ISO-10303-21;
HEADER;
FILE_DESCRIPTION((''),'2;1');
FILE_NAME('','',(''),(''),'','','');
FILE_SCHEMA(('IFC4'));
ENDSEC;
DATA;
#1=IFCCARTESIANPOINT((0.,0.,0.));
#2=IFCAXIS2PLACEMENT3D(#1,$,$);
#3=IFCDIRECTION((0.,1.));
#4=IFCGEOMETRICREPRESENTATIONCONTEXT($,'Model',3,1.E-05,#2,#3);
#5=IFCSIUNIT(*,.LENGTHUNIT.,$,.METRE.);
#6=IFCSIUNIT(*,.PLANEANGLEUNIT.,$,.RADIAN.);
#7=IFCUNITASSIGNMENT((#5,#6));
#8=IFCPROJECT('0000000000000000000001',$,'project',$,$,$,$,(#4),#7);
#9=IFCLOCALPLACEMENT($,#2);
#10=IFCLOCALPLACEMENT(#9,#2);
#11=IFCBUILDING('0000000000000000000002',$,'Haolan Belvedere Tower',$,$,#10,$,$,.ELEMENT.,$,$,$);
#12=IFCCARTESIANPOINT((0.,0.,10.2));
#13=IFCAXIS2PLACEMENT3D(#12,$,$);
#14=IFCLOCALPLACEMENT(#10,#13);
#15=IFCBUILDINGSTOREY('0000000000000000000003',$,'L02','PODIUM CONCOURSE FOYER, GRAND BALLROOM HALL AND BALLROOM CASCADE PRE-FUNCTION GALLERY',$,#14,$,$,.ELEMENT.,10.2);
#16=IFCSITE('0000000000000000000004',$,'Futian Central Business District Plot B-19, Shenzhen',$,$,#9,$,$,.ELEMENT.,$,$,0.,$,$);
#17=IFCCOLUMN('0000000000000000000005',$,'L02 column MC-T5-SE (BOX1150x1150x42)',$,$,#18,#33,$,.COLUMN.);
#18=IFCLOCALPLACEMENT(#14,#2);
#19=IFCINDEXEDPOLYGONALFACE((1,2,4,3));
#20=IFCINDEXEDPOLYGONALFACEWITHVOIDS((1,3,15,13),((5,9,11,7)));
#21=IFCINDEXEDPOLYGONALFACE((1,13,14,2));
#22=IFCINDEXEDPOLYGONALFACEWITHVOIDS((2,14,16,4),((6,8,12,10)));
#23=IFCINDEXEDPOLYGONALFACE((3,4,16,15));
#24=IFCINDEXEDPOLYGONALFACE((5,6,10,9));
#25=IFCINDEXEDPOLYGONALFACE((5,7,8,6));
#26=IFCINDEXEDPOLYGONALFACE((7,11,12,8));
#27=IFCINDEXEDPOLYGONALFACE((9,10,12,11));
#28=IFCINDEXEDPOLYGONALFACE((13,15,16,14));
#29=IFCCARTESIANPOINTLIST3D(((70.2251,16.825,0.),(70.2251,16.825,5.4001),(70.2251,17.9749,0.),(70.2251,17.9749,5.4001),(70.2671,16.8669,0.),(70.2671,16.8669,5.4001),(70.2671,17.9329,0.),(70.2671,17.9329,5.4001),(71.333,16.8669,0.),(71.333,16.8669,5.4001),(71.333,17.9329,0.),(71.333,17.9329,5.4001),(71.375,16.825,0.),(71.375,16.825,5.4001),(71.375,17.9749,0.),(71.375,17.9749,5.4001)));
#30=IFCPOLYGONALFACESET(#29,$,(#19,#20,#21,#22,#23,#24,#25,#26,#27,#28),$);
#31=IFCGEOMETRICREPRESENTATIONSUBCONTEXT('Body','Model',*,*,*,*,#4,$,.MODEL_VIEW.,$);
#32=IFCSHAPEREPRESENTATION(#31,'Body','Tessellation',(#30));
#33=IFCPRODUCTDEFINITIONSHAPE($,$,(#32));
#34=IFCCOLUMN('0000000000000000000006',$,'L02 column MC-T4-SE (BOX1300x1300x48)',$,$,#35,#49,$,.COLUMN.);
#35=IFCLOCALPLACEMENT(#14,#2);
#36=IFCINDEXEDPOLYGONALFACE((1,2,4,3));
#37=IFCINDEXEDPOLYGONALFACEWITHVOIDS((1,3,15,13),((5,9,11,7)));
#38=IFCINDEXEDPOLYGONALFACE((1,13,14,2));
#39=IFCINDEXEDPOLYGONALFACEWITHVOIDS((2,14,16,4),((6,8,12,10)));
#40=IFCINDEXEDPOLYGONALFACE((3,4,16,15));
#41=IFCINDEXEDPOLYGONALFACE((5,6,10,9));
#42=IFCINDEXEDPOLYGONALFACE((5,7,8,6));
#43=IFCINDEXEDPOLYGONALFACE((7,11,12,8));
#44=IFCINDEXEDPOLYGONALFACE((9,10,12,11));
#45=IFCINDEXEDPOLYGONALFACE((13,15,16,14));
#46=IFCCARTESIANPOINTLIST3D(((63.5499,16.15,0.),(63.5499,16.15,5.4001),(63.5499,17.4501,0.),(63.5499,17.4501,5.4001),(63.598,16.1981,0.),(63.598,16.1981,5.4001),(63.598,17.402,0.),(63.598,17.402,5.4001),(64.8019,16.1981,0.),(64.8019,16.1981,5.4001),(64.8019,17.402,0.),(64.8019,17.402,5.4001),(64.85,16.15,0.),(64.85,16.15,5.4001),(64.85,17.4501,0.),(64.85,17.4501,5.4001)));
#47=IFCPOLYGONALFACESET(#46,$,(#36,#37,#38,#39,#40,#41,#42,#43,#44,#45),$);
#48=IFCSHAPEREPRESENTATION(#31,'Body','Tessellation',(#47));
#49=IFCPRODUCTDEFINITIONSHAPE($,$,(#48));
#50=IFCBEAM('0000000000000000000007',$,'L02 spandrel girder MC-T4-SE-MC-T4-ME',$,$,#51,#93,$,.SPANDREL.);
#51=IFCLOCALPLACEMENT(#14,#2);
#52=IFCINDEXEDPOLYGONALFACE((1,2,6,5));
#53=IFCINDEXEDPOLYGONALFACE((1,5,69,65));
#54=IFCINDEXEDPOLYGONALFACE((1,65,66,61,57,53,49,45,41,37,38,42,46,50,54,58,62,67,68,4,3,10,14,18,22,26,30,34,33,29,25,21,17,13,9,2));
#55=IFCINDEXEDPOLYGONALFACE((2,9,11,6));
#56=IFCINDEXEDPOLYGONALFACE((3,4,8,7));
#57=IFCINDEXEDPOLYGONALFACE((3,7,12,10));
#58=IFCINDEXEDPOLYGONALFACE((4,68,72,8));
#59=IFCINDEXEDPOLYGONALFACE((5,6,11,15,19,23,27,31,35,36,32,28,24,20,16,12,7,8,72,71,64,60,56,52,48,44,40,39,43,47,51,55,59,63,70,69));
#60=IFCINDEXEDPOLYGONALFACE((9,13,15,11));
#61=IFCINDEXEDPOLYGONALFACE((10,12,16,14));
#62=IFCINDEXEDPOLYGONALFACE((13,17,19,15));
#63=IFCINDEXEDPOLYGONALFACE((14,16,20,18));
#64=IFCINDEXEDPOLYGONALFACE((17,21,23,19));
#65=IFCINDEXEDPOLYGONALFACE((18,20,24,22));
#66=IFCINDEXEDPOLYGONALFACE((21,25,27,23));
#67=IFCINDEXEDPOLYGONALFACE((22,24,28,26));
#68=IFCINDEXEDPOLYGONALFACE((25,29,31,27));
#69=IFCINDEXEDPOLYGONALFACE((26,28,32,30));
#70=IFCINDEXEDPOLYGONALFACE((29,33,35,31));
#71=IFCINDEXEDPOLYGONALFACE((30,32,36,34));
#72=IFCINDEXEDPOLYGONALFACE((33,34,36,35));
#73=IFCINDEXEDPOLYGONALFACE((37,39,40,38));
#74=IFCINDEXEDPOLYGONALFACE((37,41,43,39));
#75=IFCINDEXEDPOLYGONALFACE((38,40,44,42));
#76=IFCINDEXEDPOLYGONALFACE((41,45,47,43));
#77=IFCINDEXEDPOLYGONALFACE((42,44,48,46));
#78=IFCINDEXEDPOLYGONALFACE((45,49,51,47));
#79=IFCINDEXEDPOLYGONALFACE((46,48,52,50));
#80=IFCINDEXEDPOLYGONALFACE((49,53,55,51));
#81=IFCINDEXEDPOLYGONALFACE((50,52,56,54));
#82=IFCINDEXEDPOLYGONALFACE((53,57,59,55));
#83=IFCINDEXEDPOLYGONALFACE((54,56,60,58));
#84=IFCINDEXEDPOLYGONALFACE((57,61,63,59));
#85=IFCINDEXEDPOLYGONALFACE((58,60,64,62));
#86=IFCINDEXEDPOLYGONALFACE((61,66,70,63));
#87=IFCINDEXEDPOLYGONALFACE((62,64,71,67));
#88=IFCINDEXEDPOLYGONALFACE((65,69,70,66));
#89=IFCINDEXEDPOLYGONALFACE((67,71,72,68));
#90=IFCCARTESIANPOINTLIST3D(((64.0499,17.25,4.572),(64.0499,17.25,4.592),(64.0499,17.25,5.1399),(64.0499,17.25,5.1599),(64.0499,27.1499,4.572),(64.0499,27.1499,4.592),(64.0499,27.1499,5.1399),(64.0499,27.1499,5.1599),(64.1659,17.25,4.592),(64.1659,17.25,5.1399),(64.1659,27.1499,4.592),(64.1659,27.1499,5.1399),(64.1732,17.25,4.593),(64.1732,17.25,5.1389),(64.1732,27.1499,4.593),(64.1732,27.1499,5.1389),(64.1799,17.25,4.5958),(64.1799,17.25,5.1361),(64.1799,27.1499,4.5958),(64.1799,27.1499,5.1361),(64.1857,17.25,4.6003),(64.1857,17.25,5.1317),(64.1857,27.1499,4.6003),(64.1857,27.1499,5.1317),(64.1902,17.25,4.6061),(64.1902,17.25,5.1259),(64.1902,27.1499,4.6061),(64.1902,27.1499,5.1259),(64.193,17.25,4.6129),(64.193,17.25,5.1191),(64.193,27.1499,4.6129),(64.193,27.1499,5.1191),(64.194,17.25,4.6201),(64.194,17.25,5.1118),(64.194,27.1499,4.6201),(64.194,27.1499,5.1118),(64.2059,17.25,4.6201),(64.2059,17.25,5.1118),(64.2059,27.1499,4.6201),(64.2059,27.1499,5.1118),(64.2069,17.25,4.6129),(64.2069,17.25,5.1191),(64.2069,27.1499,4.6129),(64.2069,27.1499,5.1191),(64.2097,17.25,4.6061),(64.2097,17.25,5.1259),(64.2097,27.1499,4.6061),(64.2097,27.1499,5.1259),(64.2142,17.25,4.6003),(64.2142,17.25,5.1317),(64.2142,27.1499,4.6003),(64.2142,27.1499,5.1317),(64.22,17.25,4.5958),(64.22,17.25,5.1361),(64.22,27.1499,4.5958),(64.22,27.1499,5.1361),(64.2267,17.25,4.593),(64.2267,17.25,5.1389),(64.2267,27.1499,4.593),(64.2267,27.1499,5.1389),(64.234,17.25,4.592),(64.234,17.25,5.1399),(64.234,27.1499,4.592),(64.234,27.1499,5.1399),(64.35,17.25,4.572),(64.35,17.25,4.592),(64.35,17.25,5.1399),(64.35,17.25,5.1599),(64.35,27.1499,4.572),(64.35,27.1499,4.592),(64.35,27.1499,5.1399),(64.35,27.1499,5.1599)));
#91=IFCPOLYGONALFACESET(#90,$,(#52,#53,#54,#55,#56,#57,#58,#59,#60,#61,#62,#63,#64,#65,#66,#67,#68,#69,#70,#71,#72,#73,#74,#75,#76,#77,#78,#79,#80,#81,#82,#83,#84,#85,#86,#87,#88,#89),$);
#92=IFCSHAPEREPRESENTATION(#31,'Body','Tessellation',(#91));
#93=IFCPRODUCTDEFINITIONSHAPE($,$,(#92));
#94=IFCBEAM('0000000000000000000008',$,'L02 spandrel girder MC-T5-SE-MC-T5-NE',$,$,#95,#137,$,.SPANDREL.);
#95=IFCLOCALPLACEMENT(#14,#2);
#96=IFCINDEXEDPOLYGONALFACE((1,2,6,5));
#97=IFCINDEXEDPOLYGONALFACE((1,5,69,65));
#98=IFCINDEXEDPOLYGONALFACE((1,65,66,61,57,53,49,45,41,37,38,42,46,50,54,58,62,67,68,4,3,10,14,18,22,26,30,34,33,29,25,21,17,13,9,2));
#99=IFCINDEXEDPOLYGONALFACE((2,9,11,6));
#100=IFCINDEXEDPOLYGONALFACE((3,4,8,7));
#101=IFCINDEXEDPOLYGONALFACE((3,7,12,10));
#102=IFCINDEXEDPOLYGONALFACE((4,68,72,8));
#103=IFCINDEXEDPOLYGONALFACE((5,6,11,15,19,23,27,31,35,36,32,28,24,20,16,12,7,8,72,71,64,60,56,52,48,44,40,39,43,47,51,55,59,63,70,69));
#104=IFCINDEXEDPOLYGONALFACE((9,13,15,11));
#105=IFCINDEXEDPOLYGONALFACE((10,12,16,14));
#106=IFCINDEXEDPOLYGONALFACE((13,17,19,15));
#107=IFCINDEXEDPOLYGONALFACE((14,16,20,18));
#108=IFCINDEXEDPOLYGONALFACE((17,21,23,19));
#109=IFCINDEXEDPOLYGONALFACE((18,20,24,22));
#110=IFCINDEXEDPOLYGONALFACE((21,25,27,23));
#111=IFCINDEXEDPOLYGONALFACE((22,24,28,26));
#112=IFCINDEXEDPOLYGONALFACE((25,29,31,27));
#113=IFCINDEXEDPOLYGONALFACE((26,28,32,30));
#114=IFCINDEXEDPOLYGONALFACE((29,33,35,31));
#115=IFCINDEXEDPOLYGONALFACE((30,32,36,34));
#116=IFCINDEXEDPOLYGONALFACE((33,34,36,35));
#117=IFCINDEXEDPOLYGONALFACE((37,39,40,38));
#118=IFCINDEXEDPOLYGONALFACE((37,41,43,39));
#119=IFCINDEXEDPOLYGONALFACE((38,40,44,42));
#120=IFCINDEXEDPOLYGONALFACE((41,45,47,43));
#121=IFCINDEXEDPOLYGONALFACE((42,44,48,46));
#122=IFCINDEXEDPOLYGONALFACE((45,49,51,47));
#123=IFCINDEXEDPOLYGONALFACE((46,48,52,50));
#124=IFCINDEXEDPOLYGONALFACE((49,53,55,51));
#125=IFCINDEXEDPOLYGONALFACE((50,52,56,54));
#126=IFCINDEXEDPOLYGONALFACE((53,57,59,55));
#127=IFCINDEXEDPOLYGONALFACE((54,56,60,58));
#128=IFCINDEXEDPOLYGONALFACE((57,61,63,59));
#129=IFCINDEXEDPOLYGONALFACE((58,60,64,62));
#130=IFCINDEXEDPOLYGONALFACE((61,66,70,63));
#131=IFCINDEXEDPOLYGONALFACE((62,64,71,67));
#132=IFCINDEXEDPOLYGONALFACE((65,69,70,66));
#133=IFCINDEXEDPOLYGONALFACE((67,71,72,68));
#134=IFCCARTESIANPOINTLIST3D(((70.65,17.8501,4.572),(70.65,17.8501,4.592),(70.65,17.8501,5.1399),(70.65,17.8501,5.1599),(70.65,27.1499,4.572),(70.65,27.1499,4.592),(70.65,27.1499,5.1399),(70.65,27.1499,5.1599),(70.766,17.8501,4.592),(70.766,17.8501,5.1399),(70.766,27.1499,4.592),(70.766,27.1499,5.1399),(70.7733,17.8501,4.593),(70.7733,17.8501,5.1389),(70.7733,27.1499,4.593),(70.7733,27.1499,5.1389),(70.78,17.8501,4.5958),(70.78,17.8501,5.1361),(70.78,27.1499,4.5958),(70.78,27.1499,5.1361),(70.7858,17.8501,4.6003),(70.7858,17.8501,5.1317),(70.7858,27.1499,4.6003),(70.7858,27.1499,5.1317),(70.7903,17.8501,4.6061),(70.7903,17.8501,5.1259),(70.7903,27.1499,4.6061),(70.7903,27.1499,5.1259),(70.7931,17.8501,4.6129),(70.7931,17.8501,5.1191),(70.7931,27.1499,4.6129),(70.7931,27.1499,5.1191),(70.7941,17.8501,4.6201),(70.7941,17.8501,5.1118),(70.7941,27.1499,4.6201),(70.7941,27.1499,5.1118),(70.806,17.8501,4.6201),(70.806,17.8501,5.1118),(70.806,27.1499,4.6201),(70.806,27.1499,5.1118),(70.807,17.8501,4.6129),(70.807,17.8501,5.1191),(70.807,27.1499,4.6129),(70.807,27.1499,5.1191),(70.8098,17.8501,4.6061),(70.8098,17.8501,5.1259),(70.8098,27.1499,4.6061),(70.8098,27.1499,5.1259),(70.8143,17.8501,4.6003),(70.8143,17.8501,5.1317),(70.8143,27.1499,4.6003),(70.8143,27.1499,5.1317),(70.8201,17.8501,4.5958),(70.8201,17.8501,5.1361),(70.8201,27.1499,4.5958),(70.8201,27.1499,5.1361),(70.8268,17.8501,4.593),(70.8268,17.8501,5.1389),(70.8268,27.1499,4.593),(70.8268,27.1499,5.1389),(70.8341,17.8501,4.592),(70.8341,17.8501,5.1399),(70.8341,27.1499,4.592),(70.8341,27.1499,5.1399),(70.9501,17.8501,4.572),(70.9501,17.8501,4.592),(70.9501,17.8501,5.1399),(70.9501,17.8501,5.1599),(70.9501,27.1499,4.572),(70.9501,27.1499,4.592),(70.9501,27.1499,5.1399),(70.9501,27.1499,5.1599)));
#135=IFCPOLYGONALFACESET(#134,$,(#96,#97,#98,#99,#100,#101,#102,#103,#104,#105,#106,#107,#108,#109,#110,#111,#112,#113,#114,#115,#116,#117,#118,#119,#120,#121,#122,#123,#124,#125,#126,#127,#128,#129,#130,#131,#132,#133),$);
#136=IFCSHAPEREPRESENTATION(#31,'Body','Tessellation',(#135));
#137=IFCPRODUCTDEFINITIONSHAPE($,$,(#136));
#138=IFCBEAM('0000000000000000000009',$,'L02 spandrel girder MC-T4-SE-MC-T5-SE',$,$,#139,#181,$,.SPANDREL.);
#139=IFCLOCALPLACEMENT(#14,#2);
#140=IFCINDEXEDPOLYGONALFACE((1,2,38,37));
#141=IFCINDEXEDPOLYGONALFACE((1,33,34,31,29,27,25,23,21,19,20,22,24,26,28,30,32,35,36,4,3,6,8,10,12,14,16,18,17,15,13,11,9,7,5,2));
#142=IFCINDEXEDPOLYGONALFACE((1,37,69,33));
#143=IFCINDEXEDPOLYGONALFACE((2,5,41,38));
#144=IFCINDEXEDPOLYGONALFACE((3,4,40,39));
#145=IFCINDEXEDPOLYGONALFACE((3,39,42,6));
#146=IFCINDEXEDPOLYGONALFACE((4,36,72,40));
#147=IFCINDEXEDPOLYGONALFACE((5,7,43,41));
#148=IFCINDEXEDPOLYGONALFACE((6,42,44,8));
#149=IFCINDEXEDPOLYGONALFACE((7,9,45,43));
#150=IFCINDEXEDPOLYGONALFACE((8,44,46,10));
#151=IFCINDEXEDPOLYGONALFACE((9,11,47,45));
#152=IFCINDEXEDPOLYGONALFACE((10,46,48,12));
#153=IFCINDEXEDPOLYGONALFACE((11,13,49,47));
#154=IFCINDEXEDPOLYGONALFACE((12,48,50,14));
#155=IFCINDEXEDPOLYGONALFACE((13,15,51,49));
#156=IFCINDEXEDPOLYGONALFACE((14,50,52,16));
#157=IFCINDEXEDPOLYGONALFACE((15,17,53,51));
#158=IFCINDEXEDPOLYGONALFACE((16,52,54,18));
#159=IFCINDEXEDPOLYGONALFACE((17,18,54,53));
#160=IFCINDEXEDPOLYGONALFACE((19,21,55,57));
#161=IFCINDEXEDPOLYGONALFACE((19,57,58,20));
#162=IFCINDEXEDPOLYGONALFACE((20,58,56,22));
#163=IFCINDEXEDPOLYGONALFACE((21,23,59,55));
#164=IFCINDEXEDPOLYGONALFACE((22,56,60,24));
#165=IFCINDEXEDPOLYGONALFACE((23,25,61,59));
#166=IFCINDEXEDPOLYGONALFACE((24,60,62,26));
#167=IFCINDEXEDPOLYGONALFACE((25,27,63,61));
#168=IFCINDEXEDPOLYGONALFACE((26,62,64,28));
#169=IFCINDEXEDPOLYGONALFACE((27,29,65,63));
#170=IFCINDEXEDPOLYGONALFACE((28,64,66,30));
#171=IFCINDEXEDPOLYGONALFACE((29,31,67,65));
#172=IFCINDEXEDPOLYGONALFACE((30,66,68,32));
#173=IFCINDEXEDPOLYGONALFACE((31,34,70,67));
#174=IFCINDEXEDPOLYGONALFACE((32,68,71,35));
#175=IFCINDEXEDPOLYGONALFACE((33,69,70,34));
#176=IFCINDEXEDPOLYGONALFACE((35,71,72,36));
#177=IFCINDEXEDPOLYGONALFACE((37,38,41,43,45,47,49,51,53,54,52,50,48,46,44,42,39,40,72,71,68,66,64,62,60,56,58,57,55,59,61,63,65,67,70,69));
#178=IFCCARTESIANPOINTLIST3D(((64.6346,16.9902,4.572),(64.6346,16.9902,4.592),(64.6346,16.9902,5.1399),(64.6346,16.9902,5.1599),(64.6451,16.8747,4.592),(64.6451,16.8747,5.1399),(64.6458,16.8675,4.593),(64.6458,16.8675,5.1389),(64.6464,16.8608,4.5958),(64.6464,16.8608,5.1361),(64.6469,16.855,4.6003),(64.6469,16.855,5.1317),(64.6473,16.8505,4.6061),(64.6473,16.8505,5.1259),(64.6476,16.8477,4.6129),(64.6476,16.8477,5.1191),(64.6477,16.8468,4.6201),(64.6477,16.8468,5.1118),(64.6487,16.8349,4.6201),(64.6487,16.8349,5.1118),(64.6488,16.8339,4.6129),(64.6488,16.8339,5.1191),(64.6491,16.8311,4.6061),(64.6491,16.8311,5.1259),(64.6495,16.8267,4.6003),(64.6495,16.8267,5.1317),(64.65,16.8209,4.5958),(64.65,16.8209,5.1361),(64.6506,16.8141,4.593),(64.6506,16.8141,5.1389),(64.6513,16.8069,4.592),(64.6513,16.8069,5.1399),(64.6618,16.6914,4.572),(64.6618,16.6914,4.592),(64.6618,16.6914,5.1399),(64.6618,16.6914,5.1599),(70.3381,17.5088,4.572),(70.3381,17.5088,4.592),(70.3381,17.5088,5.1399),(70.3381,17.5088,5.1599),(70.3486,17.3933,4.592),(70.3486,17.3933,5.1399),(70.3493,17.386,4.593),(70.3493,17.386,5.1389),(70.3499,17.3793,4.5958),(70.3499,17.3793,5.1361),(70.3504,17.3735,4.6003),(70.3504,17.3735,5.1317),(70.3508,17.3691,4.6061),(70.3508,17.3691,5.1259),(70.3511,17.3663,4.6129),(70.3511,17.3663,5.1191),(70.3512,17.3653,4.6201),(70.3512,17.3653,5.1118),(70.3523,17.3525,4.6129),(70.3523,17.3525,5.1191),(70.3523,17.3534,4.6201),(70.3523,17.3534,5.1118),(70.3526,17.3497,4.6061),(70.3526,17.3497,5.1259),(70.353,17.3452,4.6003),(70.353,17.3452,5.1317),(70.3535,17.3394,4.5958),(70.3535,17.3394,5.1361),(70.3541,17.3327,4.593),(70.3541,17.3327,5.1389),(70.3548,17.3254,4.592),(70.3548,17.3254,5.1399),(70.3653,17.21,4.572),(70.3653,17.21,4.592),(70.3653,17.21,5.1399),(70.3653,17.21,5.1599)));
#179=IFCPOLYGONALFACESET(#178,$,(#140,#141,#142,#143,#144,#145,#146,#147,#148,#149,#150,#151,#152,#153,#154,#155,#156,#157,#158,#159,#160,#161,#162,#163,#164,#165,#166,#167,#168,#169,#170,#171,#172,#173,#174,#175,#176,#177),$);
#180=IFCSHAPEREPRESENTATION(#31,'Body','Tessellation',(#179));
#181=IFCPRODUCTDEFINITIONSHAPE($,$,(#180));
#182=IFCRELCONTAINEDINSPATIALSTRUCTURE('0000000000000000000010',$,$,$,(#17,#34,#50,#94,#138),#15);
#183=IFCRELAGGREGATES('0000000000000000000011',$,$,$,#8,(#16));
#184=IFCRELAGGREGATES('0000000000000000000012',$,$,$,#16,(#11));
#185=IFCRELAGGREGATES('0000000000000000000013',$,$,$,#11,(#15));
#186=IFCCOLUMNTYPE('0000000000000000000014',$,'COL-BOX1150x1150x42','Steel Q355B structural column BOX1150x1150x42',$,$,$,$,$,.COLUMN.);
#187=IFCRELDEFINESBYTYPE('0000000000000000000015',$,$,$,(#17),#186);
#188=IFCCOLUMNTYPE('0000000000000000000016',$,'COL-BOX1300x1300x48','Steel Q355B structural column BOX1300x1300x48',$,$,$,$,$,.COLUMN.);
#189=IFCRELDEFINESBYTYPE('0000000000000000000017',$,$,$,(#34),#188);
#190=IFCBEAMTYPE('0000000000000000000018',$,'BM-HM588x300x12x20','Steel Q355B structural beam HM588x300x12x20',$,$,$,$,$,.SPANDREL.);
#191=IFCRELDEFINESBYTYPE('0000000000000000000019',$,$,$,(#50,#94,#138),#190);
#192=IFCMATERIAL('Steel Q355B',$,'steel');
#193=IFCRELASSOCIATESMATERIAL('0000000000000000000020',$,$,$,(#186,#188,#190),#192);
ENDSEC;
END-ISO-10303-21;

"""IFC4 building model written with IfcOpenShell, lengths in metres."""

from ifc_helpers import new_model, si_unit, direction, frame, origin, origin_2d, place, context, subcontext, project, spatial, hollow_rectangle, i_section, extrude, material, material_profile, profile_set, type_object, element, save


model = new_model("IFC4")

# Units and contexts
model_context = context("Model", 3, precision=1e-05, world=origin(), true_north=direction((0.0, 1.0)))
body_context = subcontext(model_context, "Body", "Model", "MODEL_VIEW")
ifc_project = project(units=[si_unit("LENGTHUNIT", "METRE"), si_unit("PLANEANGLEUNIT", "RADIAN")], contexts=[model_context])

# Site, building, storey
site_placement = place(None, origin())
site = spatial("IfcSite", under=ifc_project, at=site_placement, Name="Futian Central Business District Plot B-19, Shenzhen", CompositionType="ELEMENT", RefElevation=0.0)
building_placement = place(site_placement, origin())
building = spatial("IfcBuilding", under=site, at=building_placement, Name="Haolan Belvedere Tower", CompositionType="ELEMENT")
storey_placement = place(building_placement, frame((0.0, 0.0, 10.2)))
storey = spatial("IfcBuildingStorey", under=building, at=storey_placement, Name="L02", Description="PODIUM CONCOURSE FOYER, GRAND BALLROOM HALL AND BALLROOM CASCADE PRE-FUNCTION GALLERY", CompositionType="ELEMENT", Elevation=10.2)

# Columns
ifc_material_1 = material(Name="Steel Q355B", Category="steel")
ifc_material_profile_1 = material_profile(ifc_material_1, hollow_rectangle(XDim=1.1499, YDim=1.1499, WallThickness=0.042, at=origin_2d()), Name="Steel Q355B")
ifc_profile_set_1 = profile_set([ifc_material_profile_1], Name="Steel Q355B")
column_type_1 = type_object("IfcColumnType", Name="COL-BOX1150x1150x42", Description="Steel Q355B structural column BOX1150x1150x42", PredefinedType="COLUMN", material=ifc_profile_set_1)
column_1_placement = place(storey_placement, frame((70.8, 17.3999, 0.0), z_axis=(0.0, 0.0, 1.0), x_axis=(1.0, 0.0, 0.0)))
element("IfcColumn", 1, at=column_1_placement, inside=storey, type_object=column_type_1, Name="L02 column MC-T5-SE (BOX1150x1150x42)", PredefinedType="COLUMN", context=body_context, shape_type="SweptSolid", body=[
    extrude(hollow_rectangle(XDim=1.1499, YDim=1.1499, WallThickness=0.042, at=origin_2d()), origin(), (0.0, 0.0, 1.0), 5.4001),
])
ifc_material_profile_2 = material_profile(ifc_material_1, hollow_rectangle(XDim=1.3, YDim=1.3, WallThickness=0.0481, at=origin_2d()), Name="Steel Q355B")
ifc_profile_set_2 = profile_set([ifc_material_profile_2], Name="Steel Q355B")
column_type_2 = type_object("IfcColumnType", Name="COL-BOX1300x1300x48", Description="Steel Q355B structural column BOX1300x1300x48", PredefinedType="COLUMN", material=ifc_profile_set_2)
column_2_placement = place(storey_placement, frame((64.2, 16.8, 0.0), z_axis=(0.0, 0.0, 1.0), x_axis=(1.0, 0.0, 0.0)))
element("IfcColumn", 2, at=column_2_placement, inside=storey, type_object=column_type_2, Name="L02 column MC-T4-SE (BOX1300x1300x48)", PredefinedType="COLUMN", context=body_context, shape_type="SweptSolid", body=[
    extrude(hollow_rectangle(XDim=1.3, YDim=1.3, WallThickness=0.0481, at=origin_2d()), origin(), (0.0, 0.0, 1.0), 5.4001),
])

# Beams
ifc_material_profile_3 = material_profile(ifc_material_1, i_section(OverallWidth=0.3, OverallDepth=0.5879, WebThickness=0.012, FlangeThickness=0.02, FilletRadius=0.0281, at=origin_2d()), Name="Steel Q355B")
ifc_profile_set_3 = profile_set([ifc_material_profile_3], Name="Steel Q355B")
beam_type = type_object("IfcBeamType", Name="BM-HM588x300x12x20", Description="Steel Q355B structural beam HM588x300x12x20", PredefinedType="SPANDREL", material=ifc_profile_set_3)
beam_1_placement = place(storey_placement, frame((64.2, 17.25, 4.866), z_axis=(0.0, 1.0, 0.0), x_axis=(-1.0, 0.0, 0.0)))
element("IfcBeam", 3, at=beam_1_placement, inside=storey, type_object=beam_type, Name="L02 spandrel girder MC-T4-SE-MC-T4-ME", PredefinedType="SPANDREL", context=body_context, shape_type="SweptSolid", body=[
    extrude(i_section(OverallWidth=0.3, OverallDepth=0.5879, WebThickness=0.012, FlangeThickness=0.02, FilletRadius=0.0281, at=origin_2d()), origin(), (0.0, 0.0, 1.0), 9.8999),
])
beam_2_placement = place(storey_placement, frame((70.8, 17.8501, 4.866), z_axis=(0.0, 1.0, 0.0), x_axis=(-1.0, 0.0, 0.0)))
element("IfcBeam", 4, at=beam_2_placement, inside=storey, type_object=beam_type, Name="L02 spandrel girder MC-T5-SE-MC-T5-NE", PredefinedType="SPANDREL", context=body_context, shape_type="SweptSolid", body=[
    extrude(i_section(OverallWidth=0.3, OverallDepth=0.5879, WebThickness=0.012, FlangeThickness=0.02, FilletRadius=0.0281, at=origin_2d()), origin(), (0.0, 0.0, 1.0), 9.2998),
])
beam_3_placement = place(storey_placement, frame((64.6482, 16.8408, 4.866), z_axis=(0.995893, 0.090543, 0.0), x_axis=(-0.090543, 0.995893, 0.0)))
element("IfcBeam", 5, at=beam_3_placement, inside=storey, type_object=beam_type, Name="L02 spandrel girder MC-T4-SE-MC-T5-SE", PredefinedType="SPANDREL", context=body_context, shape_type="SweptSolid", body=[
    extrude(i_section(OverallWidth=0.3, OverallDepth=0.5879, WebThickness=0.012, FlangeThickness=0.02, FilletRadius=0.0281, at=origin_2d()), origin(), (0.0, 0.0, 1.0), 5.7271),
])

save(model, "model.ifc")
